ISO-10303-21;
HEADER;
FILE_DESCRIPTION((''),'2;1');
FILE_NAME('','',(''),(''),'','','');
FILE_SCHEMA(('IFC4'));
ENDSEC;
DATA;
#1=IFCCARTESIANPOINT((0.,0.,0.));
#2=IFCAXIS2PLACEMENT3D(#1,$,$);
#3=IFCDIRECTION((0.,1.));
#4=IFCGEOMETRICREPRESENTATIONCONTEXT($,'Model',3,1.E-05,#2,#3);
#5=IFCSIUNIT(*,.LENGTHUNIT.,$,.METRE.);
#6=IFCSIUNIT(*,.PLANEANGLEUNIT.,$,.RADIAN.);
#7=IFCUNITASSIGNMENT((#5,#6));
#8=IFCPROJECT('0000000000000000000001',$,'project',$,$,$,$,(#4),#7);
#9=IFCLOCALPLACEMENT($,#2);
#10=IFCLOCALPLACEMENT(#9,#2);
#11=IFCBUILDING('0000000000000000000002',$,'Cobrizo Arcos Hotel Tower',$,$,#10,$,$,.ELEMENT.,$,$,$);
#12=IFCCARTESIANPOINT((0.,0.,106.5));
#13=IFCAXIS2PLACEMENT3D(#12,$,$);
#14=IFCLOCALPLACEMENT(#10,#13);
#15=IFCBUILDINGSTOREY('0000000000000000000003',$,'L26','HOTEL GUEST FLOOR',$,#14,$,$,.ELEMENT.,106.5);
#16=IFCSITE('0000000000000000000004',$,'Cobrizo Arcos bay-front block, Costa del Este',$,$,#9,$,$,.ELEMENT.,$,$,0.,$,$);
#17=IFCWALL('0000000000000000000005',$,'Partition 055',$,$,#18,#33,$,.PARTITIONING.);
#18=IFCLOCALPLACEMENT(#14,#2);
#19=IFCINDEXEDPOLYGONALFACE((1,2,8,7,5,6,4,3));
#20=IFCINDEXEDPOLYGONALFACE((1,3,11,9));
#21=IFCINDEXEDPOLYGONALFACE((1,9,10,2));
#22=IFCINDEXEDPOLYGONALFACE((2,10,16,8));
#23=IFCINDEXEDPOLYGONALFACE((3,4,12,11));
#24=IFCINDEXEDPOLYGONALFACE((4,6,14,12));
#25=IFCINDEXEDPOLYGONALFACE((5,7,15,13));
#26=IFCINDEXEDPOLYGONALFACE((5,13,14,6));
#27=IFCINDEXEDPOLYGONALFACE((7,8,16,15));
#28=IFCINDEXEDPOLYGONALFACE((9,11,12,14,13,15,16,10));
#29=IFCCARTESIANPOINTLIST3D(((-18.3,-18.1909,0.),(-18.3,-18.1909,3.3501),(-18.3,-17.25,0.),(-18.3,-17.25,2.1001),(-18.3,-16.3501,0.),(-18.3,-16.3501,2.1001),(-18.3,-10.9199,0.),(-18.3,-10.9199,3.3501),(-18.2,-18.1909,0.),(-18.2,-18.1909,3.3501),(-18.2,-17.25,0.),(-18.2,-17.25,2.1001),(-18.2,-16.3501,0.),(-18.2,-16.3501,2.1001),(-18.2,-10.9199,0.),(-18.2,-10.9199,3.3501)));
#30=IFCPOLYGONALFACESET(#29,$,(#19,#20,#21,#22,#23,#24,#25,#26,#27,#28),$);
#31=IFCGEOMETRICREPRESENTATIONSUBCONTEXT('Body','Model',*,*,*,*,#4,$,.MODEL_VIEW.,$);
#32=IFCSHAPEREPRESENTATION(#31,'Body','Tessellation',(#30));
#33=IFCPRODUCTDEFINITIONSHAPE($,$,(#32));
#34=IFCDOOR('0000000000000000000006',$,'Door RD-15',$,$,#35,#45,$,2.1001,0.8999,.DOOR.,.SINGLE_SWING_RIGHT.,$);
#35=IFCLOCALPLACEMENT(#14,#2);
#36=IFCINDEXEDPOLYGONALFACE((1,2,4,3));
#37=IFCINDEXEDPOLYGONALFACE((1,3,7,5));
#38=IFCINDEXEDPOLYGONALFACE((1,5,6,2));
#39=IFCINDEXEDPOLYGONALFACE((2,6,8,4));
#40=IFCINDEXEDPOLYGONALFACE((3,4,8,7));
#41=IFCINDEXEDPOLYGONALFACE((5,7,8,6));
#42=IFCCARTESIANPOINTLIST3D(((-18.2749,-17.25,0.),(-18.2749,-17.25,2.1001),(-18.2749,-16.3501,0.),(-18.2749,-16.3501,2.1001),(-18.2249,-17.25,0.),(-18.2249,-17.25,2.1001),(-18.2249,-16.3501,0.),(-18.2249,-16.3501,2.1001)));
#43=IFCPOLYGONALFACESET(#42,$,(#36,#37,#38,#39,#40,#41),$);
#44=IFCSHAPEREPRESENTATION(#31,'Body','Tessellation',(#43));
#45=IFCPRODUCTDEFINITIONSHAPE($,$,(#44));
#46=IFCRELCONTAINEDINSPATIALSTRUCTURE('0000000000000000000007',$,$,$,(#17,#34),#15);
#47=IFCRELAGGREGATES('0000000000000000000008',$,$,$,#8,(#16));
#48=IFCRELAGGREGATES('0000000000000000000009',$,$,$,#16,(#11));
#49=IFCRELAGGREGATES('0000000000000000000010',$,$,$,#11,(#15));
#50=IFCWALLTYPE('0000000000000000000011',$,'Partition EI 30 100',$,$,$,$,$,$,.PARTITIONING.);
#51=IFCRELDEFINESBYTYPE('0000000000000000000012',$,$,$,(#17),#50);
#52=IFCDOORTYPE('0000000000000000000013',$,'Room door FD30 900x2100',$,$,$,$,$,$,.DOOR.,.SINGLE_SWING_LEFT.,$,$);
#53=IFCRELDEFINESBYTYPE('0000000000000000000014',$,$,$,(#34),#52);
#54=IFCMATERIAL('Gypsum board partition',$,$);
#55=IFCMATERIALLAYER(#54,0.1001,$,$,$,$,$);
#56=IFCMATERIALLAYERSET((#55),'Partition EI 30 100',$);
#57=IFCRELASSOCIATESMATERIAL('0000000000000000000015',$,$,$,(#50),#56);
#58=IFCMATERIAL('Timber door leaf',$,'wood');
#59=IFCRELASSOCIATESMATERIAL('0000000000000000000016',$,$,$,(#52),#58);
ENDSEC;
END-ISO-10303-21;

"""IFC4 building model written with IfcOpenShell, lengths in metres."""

from ifc_helpers import new_model, si_unit, direction, frame, frame_2d, origin, place, context, subcontext, project, spatial, rectangle, extrude, material, layer, layer_set, type_object, element, fill, save


model = new_model("IFC4")

# Units and contexts
model_context = context("Model", 3, precision=1e-05, world=origin(), true_north=direction((0.0, 1.0)))
body_context = subcontext(model_context, "Body", "Model", "MODEL_VIEW")
ifc_project = project(units=[si_unit("LENGTHUNIT", "METRE"), si_unit("PLANEANGLEUNIT", "RADIAN")], contexts=[model_context])

# Site, building, storey
site_placement = place(None, origin())
site = spatial("IfcSite", under=ifc_project, at=site_placement, Name="Cobrizo Arcos bay-front block, Costa del Este", CompositionType="ELEMENT", RefElevation=0.0)
building_placement = place(site_placement, origin())
building = spatial("IfcBuilding", under=site, at=building_placement, Name="Cobrizo Arcos Hotel Tower", CompositionType="ELEMENT")
storey_placement = place(building_placement, frame((0.0, 0.0, 106.5)))
storey = spatial("IfcBuildingStorey", under=building, at=storey_placement, Name="L26", Description="HOTEL GUEST FLOOR", CompositionType="ELEMENT", Elevation=106.5)

# Shared definitions
ifc_material_1 = material(Name="Gypsum board partition")
ifc_layer_1 = layer(ifc_material_1, 0.1001)
ifc_layer_set_1 = layer_set([ifc_layer_1], Name="Partition EI 30 100")
wall_type = type_object("IfcWallType", Name="Partition EI 30 100", PredefinedType="PARTITIONING", material=ifc_layer_set_1)

# Wall, opening, door
ifc_material_2 = material(Name="Timber door leaf", Category="wood")
wall_1_placement = place(storey_placement, frame((-18.25, -18.1909, 0.0), z_axis=(0.0, 0.0, 1.0), x_axis=(0.0, 1.0, 0.0)))
wall_1 = element("IfcWall", 1, at=wall_1_placement, inside=storey, type_object=wall_type, Name="Partition 055", PredefinedType="PARTITIONING", context=body_context, shape_type="SweptSolid", body=[
    extrude(rectangle(XDim=7.271, YDim=0.1001, at=frame_2d((3.6355, 0.0))), origin(), (0.0, 0.0, 1.0), 3.3501),
])
opening_1_placement = place(wall_1_placement, frame((0.9409, 0.0, 0.0)))
opening_1 = element("IfcOpeningElement", 2, at=opening_1_placement, cuts=wall_1, PredefinedType="OPENING", context=body_context, shape_type="SweptSolid", body=[
    extrude(rectangle(XDim=0.8999, YDim=2.1001, at=frame_2d((0.45, 1.05))), frame((0.0, 0.062, 0.0), z_axis=(0.0, -1.0, 0.0), x_axis=(1.0, 0.0, 0.0)), (0.0, 0.0, 1.0), 0.124),
])
door_type_1 = type_object("IfcDoorType", Name="Room door FD30 900x2100", OperationType="SINGLE_SWING_LEFT", PredefinedType="DOOR", material=ifc_material_2)
door_1_placement = place(opening_1_placement, origin())
door_1 = element("IfcDoor", 3, at=door_1_placement, inside=storey, type_object=door_type_1, Name="Door RD-15", OperationType="SINGLE_SWING_RIGHT", OverallHeight=2.1001, OverallWidth=0.8999, PredefinedType="DOOR", context=body_context, shape_type="SweptSolid", body=[
    extrude(rectangle(XDim=0.8999, YDim=2.1001, at=frame_2d((0.45, 1.05))), frame((0.0, 0.0249, 0.0), z_axis=(0.0, -1.0, 0.0), x_axis=(1.0, 0.0, 0.0)), (0.0, 0.0, 1.0), 0.05),
])
fill(opening_1, door_1)

save(model, "model.ifc")
